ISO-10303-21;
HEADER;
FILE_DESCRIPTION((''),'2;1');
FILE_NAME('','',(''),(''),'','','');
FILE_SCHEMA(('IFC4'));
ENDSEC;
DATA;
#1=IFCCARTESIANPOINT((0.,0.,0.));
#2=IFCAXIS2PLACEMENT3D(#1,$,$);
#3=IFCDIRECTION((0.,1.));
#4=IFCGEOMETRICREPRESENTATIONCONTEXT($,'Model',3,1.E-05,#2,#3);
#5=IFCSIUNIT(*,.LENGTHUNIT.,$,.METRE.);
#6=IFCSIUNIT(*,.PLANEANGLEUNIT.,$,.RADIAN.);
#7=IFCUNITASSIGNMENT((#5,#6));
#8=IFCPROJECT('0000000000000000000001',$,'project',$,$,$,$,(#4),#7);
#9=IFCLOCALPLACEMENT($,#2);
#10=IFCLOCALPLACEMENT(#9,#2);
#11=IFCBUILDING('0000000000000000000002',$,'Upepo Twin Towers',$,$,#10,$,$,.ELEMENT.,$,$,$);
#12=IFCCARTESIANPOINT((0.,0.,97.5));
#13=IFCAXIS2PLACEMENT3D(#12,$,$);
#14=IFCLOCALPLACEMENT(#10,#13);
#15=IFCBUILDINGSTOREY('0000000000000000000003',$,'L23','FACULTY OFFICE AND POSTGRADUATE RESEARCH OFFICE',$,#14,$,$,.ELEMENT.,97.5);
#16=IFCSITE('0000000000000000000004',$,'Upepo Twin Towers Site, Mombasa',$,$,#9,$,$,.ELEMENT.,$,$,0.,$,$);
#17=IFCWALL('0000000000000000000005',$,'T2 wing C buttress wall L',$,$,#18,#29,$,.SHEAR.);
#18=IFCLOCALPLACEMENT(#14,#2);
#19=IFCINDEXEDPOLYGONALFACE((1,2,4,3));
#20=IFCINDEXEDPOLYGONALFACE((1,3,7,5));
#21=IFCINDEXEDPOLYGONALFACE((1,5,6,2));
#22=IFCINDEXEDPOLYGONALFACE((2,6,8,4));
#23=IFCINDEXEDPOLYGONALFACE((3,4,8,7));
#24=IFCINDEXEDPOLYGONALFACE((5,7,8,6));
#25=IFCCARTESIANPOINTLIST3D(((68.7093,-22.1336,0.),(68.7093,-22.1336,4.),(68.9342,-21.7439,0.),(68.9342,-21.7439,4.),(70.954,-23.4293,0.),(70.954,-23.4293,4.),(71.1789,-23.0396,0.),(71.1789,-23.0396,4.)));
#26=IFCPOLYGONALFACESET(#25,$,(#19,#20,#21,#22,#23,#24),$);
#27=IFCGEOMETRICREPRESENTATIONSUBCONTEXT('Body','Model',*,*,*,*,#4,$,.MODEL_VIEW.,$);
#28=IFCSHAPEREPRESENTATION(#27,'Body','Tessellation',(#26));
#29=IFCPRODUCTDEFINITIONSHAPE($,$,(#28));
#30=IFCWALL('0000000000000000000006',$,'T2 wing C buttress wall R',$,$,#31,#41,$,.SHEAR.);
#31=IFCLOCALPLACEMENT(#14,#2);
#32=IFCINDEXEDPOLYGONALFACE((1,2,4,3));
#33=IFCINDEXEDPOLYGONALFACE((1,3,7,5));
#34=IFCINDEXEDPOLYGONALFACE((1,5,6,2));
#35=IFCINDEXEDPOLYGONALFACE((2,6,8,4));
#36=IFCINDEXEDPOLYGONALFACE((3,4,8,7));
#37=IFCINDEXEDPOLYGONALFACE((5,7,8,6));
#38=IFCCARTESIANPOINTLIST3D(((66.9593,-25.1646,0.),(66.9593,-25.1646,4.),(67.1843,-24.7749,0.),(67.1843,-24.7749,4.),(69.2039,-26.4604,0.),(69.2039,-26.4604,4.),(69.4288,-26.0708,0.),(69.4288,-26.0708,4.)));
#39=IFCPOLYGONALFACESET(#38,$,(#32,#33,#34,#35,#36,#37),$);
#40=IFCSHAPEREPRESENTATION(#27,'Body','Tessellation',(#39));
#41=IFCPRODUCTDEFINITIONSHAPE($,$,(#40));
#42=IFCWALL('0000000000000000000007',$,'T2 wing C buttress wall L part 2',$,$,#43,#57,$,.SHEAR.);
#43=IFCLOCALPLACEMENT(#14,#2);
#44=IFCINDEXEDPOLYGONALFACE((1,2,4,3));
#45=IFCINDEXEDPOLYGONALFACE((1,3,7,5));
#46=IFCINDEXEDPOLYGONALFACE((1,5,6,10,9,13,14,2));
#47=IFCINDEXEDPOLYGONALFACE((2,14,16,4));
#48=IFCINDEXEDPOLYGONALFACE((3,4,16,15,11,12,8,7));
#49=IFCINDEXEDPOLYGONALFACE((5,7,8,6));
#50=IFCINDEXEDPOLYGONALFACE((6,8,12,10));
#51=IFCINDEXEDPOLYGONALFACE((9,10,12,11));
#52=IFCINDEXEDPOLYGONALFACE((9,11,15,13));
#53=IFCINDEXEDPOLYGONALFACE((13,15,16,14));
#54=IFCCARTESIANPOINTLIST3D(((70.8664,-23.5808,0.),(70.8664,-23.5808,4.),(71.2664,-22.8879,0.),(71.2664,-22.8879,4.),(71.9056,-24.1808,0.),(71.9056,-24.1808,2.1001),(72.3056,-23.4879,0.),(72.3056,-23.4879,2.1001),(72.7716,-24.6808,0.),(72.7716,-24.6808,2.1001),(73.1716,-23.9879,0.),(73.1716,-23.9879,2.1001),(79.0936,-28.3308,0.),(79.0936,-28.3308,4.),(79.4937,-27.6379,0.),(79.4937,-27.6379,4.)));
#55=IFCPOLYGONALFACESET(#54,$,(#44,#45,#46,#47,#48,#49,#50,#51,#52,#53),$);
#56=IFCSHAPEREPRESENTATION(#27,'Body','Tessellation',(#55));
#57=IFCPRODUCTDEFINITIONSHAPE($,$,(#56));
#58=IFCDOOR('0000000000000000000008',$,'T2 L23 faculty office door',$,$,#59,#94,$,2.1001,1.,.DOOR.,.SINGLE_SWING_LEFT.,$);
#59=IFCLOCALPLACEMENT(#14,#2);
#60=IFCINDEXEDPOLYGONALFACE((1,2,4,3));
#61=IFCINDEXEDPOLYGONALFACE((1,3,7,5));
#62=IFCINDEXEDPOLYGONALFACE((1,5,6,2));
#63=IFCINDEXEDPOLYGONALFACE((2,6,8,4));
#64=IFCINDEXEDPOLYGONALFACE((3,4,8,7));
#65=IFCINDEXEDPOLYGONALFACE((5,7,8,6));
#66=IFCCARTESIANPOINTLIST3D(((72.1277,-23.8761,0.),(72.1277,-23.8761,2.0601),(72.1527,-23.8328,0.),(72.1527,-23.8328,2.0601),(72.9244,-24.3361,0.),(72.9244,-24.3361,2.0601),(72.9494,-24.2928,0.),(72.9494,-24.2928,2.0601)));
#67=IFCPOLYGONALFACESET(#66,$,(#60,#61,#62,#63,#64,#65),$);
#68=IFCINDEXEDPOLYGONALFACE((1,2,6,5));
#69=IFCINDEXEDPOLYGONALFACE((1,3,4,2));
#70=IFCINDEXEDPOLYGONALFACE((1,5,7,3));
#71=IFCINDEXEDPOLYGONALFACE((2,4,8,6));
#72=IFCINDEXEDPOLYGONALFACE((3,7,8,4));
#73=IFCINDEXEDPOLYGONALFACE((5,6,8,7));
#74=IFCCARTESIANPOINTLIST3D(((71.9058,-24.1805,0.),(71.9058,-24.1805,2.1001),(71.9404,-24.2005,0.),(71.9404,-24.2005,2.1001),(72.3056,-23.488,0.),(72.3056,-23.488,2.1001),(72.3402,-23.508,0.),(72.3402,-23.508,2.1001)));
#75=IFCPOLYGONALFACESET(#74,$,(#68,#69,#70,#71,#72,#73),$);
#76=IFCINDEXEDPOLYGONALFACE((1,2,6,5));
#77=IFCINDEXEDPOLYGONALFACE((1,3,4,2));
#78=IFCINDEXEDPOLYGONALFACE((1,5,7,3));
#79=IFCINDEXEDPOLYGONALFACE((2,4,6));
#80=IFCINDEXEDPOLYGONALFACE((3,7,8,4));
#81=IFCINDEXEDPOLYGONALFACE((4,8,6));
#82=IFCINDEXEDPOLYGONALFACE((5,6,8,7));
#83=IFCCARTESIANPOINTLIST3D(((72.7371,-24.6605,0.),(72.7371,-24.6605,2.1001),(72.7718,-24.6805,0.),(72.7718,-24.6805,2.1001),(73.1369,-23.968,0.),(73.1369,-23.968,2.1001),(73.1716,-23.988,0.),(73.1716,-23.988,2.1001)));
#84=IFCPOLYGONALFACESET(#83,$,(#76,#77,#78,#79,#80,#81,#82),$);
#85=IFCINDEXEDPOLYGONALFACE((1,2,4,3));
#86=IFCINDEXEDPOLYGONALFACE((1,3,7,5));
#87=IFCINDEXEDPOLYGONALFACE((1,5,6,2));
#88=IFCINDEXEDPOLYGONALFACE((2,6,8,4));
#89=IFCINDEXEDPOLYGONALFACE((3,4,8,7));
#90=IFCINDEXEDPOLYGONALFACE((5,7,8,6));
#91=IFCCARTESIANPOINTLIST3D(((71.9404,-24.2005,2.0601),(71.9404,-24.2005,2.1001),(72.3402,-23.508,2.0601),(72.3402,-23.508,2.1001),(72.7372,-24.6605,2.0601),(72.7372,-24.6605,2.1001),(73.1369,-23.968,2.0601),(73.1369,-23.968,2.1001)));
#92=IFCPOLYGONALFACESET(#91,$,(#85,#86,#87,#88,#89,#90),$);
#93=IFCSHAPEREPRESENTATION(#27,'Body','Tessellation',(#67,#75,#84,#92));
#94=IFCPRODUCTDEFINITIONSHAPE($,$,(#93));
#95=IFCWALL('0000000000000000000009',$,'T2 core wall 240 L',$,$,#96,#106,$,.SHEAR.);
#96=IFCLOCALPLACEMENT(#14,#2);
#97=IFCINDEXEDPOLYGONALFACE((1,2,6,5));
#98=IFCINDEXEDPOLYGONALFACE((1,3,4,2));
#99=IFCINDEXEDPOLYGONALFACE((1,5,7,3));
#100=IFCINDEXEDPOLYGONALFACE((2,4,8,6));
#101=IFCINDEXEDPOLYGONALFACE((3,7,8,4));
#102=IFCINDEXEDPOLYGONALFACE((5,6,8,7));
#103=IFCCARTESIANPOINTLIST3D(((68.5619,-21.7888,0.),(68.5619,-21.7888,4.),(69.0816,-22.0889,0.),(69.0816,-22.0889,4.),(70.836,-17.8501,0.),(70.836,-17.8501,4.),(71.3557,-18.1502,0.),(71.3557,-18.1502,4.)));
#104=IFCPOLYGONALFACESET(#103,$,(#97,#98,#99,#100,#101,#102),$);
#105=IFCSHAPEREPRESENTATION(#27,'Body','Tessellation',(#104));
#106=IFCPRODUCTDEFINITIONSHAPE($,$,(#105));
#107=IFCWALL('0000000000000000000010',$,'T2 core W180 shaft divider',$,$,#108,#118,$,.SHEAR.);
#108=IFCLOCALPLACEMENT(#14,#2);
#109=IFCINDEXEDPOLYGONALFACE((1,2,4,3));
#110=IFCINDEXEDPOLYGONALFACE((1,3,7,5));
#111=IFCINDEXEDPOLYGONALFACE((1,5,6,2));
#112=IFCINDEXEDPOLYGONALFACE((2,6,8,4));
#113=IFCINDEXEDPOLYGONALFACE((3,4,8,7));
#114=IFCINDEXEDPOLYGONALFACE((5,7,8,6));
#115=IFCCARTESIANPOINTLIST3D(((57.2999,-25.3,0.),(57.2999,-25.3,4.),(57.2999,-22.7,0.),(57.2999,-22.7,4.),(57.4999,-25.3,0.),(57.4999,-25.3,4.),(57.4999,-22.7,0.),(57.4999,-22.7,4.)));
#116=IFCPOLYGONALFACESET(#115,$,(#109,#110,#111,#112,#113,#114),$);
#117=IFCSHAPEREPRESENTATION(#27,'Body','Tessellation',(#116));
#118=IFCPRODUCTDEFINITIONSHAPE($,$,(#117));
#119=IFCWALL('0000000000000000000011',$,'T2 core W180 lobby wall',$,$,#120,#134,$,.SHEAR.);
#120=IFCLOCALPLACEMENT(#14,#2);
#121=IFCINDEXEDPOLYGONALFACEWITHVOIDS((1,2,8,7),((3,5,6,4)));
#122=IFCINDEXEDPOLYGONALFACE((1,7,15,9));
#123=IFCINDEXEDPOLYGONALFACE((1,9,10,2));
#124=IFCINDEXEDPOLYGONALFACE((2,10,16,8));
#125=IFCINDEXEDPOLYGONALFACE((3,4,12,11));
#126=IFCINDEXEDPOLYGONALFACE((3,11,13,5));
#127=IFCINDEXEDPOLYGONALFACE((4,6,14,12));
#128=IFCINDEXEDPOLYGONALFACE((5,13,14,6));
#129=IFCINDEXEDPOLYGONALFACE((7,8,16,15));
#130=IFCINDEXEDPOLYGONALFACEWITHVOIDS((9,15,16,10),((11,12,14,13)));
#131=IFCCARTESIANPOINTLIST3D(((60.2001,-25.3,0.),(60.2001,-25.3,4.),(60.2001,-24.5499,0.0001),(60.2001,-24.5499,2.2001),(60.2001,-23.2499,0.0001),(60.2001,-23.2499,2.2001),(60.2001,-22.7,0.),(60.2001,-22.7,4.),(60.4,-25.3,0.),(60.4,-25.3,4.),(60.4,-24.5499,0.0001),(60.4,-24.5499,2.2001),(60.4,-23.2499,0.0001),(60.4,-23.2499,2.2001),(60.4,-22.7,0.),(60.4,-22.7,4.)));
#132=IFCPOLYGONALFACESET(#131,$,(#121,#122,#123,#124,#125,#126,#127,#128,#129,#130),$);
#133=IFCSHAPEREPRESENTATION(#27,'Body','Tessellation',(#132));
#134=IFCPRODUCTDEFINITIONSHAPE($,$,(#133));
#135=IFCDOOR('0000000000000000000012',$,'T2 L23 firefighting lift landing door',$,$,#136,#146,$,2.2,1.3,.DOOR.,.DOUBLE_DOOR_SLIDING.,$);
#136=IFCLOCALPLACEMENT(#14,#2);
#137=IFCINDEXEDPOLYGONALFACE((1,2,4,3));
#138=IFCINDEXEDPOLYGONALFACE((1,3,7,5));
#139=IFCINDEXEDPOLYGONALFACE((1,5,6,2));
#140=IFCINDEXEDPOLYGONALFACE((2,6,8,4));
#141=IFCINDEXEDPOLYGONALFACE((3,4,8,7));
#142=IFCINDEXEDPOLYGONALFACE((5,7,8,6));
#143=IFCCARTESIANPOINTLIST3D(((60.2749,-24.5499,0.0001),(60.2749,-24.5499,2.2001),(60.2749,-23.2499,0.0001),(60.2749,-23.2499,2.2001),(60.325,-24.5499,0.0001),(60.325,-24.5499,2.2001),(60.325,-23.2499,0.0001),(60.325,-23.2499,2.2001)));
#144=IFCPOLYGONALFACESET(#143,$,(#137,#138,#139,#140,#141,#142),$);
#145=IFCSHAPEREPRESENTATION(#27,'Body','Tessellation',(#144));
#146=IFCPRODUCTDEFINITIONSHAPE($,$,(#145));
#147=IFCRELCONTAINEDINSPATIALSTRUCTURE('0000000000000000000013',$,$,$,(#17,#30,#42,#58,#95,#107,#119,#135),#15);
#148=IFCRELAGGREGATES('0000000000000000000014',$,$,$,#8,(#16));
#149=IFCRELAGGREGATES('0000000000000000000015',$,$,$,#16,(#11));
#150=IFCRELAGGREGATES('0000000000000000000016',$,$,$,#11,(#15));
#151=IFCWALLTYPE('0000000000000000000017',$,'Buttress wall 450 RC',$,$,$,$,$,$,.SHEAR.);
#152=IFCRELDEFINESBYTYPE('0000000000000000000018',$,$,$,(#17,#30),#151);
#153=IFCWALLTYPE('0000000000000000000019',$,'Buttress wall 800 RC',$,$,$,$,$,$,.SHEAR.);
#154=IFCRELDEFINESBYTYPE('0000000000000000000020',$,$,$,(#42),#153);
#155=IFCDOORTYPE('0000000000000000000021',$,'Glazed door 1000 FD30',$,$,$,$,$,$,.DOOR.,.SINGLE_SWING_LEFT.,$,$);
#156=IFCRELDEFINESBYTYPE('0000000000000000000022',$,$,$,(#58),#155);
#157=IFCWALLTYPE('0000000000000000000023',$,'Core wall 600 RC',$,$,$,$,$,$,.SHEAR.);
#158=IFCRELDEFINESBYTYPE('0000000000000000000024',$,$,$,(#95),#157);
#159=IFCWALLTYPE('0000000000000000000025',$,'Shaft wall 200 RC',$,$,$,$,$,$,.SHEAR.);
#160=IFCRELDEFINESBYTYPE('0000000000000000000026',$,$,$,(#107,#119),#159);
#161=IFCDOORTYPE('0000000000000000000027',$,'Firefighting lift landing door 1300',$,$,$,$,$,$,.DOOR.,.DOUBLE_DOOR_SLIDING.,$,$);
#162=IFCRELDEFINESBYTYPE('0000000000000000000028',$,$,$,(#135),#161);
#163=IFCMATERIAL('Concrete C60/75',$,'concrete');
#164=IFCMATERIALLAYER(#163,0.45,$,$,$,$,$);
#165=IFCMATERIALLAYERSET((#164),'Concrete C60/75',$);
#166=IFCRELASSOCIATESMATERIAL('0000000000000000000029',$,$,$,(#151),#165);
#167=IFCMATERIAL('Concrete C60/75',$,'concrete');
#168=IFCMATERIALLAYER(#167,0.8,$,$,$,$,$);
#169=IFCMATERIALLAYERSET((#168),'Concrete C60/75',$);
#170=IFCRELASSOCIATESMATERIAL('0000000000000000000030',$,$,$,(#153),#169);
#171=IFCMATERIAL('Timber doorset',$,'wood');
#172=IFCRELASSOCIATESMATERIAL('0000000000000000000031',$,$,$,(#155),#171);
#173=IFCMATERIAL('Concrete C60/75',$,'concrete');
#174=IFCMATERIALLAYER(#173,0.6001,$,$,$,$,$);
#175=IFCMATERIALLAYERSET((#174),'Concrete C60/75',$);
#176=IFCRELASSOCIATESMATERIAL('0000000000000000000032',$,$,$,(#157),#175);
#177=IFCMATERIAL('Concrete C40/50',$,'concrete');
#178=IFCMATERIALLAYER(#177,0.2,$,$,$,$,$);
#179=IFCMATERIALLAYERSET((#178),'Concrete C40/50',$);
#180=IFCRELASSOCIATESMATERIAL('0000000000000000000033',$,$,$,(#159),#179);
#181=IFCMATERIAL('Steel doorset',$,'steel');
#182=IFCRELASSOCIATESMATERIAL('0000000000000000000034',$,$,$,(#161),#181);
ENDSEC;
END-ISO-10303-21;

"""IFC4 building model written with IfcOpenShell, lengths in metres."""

from ifc_helpers import new_model, si_unit, direction, frame, frame_2d, origin, place, context, subcontext, project, spatial, rectangle, extrude, material, layer, layer_set, type_object, element, fill, save


model = new_model("IFC4")

# Units and contexts
model_context = context("Model", 3, precision=1e-05, world=origin(), true_north=direction((0.0, 1.0)))
body_context = subcontext(model_context, "Body", "Model", "MODEL_VIEW")
ifc_project = project(units=[si_unit("LENGTHUNIT", "METRE"), si_unit("PLANEANGLEUNIT", "RADIAN")], contexts=[model_context])

# Site, building, storey
site_placement = place(None, origin())
site = spatial("IfcSite", under=ifc_project, at=site_placement, Name="Upepo Twin Towers Site, Mombasa", CompositionType="ELEMENT", RefElevation=0.0)
building_placement = place(site_placement, origin())
building = spatial("IfcBuilding", under=site, at=building_placement, Name="Upepo Twin Towers", CompositionType="ELEMENT")
storey_placement = place(building_placement, frame((0.0, 0.0, 97.5)))
storey = spatial("IfcBuildingStorey", under=building, at=storey_placement, Name="L23", Description="FACULTY OFFICE AND POSTGRADUATE RESEARCH OFFICE", CompositionType="ELEMENT", Elevation=97.5)

# Walls
ifc_material_1 = material(Name="Concrete C60/75", Category="concrete")
ifc_layer_1 = layer(ifc_material_1, 0.45)
ifc_layer_set_1 = layer_set([ifc_layer_1], Name="Concrete C60/75")
wall_type_1 = type_object("IfcWallType", Name="Buttress wall 450 RC", PredefinedType="SHEAR", material=ifc_layer_set_1)
for number, where, z_axis, x_axis, name in (
    (1, (68.8218, -21.9387, 0.0), (0.0, 0.0, 1.0), (0.866073, -0.499918, 0.0), "T2 wing C buttress wall L"),
    (2, (67.0718, -24.9697, 0.0), (0.0, 0.0, 1.0), (0.866032, -0.499989, 0.0), "T2 wing C buttress wall R"),
):
    element("IfcWall", number, at=place(storey_placement, frame(where, z_axis=z_axis, x_axis=x_axis)), inside=storey, type_object=wall_type_1, Name=name, PredefinedType="SHEAR", context=body_context, shape_type="SweptSolid", body=[
        extrude(rectangle(XDim=2.5918, YDim=0.45, at=frame_2d((1.2959, 0.0))), origin(), (0.0, 0.0, 1.0), 4.0),
    ])

# Wall, opening, door
ifc_material_2 = material(Name="Concrete C60/75", Category="concrete")
ifc_layer_2 = layer(ifc_material_2, 0.8)
ifc_layer_set_2 = layer_set([ifc_layer_2], Name="Concrete C60/75")
wall_type_2 = type_object("IfcWallType", Name="Buttress wall 800 RC", PredefinedType="SHEAR", material=ifc_layer_set_2)
wall_1_placement = place(storey_placement, frame((71.0664, -23.2344, 0.0), z_axis=(0.0, 0.0, 1.0), x_axis=(0.866027, -0.499998, 0.0)))
wall_1 = element("IfcWall", 3, at=wall_1_placement, inside=storey, type_object=wall_type_2, Name="T2 wing C buttress wall L part 2", PredefinedType="SHEAR", context=body_context, shape_type="SweptSolid", body=[
    extrude(rectangle(XDim=9.5, YDim=0.8, at=frame_2d((4.75, 0.0))), origin(), (0.0, 0.0, 1.0), 4.0),
])
opening_1_placement = place(wall_1_placement, frame((1.2, 0.0, 0.0)))
opening_1 = element("IfcOpeningElement", 4, at=opening_1_placement, cuts=wall_1, PredefinedType="OPENING", context=body_context, shape_type="SweptSolid", body=[
    extrude(rectangle(XDim=1.0, YDim=2.1001, at=frame_2d((0.5, 1.05))), frame((0.0, 0.4099, 0.0), z_axis=(0.0, -1.0, 0.0), x_axis=(1.0, 0.0, 0.0)), (0.0, 0.0, 1.0), 0.8201),
])
ifc_material_3 = material(Name="Timber doorset", Category="wood")
door_type_1 = type_object("IfcDoorType", Name="Glazed door 1000 FD30", OperationType="SINGLE_SWING_LEFT", PredefinedType="DOOR", material=ifc_material_3)
door_1_placement = place(opening_1_placement, origin())
door_1 = element("IfcDoor", 5, at=door_1_placement, inside=storey, type_object=door_type_1, Name="T2 L23 faculty office door", OperationType="SINGLE_SWING_LEFT", OverallHeight=2.1001, OverallWidth=1.0, PredefinedType="DOOR", context=body_context, shape_type="SweptSolid", body=[
    extrude(rectangle(XDim=0.92, YDim=2.0601, at=frame_2d((0.5, 1.03))), frame((0.0, 0.0249, 0.0), z_axis=(0.0, -1.0, 0.0), x_axis=(1.0, 0.0, 0.0)), (0.0, 0.0, 1.0), 0.05),
    extrude(rectangle(XDim=0.04, YDim=2.1001, at=frame_2d((0.02, 1.05))), frame((0.0, 0.3999, 0.0), z_axis=(0.0, -1.0, 0.0), x_axis=(1.0, 0.0, 0.0)), (0.0, 0.0, 1.0), 0.7996),
    extrude(rectangle(XDim=0.04, YDim=2.1001, at=frame_2d((0.98, 1.05))), frame((0.0, 0.3999, 0.0), z_axis=(0.0, -1.0, 0.0), x_axis=(1.0, 0.0, 0.0)), (0.0, 0.0, 1.0), 0.7996),
    extrude(rectangle(XDim=0.92, YDim=0.04, at=frame_2d((0.5, 2.0801))), frame((0.0, 0.3999, 0.0), z_axis=(0.0, -1.0, 0.0), x_axis=(1.0, 0.0, 0.0)), (0.0, 0.0, 1.0), 0.7996),
])
fill(opening_1, door_1)

# Walls
ifc_material_4 = material(Name="Concrete C60/75", Category="concrete")
ifc_layer_3 = layer(ifc_material_4, 0.6001)
ifc_layer_set_3 = layer_set([ifc_layer_3], Name="Concrete C60/75")
wall_type_3 = type_object("IfcWallType", Name="Core wall 600 RC", PredefinedType="SHEAR", material=ifc_layer_set_3)
wall_2_placement = place(storey_placement, frame((68.8218, -21.9387, 0.0), z_axis=(0.0, 0.0, 1.0), x_axis=(0.500024, 0.866011, 0.0)))
element("IfcWall", 6, at=wall_2_placement, inside=storey, type_object=wall_type_3, Name="T2 core wall 240 L", PredefinedType="SHEAR", context=body_context, shape_type="SweptSolid", body=[
    extrude(rectangle(XDim=4.5481, YDim=0.6001, at=frame_2d((2.2739, 0.0))), origin(), (0.0, 0.0, 1.0), 4.0),
])
ifc_material_5 = material(Name="Concrete C40/50", Category="concrete")
ifc_layer_4 = layer(ifc_material_5, 0.2)
ifc_layer_set_4 = layer_set([ifc_layer_4], Name="Concrete C40/50")
wall_type_4 = type_object("IfcWallType", Name="Shaft wall 200 RC", PredefinedType="SHEAR", material=ifc_layer_set_4)
wall_3_placement = place(storey_placement, frame((57.3999, -22.7, 0.0), z_axis=(0.0, 0.0, 1.0), x_axis=(0.0, -1.0, 0.0)))
element("IfcWall", 7, at=wall_3_placement, inside=storey, type_object=wall_type_4, Name="T2 core W180 shaft divider", PredefinedType="SHEAR", context=body_context, shape_type="SweptSolid", body=[
    extrude(rectangle(XDim=2.6001, YDim=0.2, at=frame_2d((1.3, 0.0))), origin(), (0.0, 0.0, 1.0), 4.0),
])

# Wall, opening, door
wall_4_placement = place(storey_placement, frame((60.3, -22.7, 0.0), z_axis=(0.0, 0.0, 1.0), x_axis=(0.0, -1.0, 0.0)))
wall_4 = element("IfcWall", 8, at=wall_4_placement, inside=storey, type_object=wall_type_4, Name="T2 core W180 lobby wall", PredefinedType="SHEAR", context=body_context, shape_type="SweptSolid", body=[
    extrude(rectangle(XDim=2.6001, YDim=0.2, at=frame_2d((1.3, 0.0))), origin(), (0.0, 0.0, 1.0), 4.0),
])
opening_2_placement = place(wall_4_placement, frame((0.55, 0.0, 0.0)))
opening_2 = element("IfcOpeningElement", 9, at=opening_2_placement, cuts=wall_4, PredefinedType="OPENING", context=body_context, shape_type="SweptSolid", body=[
    extrude(rectangle(XDim=1.3, YDim=2.2, at=frame_2d((0.6499, 1.1001))), frame((0.0, 0.1099, 0.0), z_axis=(0.0, -1.0, 0.0), x_axis=(1.0, 0.0, 0.0)), (0.0, 0.0, 1.0), 0.22),
])
ifc_material_6 = material(Name="Steel doorset", Category="steel")
door_type_2 = type_object("IfcDoorType", Name="Firefighting lift landing door 1300", OperationType="DOUBLE_DOOR_SLIDING", PredefinedType="DOOR", material=ifc_material_6)
door_2_placement = place(opening_2_placement, origin())
door_2 = element("IfcDoor", 10, at=door_2_placement, inside=storey, type_object=door_type_2, Name="T2 L23 firefighting lift landing door", OperationType="DOUBLE_DOOR_SLIDING", OverallHeight=2.2, OverallWidth=1.3, PredefinedType="DOOR", context=body_context, shape_type="SweptSolid", body=[
    extrude(rectangle(XDim=1.3, YDim=2.2, at=frame_2d((0.6499, 1.1001))), frame((0.0, 0.0249, 0.0), z_axis=(0.0, -1.0, 0.0), x_axis=(1.0, 0.0, 0.0)), (0.0, 0.0, 1.0), 0.05),
])
fill(opening_2, door_2)

save(model, "model.ifc")
